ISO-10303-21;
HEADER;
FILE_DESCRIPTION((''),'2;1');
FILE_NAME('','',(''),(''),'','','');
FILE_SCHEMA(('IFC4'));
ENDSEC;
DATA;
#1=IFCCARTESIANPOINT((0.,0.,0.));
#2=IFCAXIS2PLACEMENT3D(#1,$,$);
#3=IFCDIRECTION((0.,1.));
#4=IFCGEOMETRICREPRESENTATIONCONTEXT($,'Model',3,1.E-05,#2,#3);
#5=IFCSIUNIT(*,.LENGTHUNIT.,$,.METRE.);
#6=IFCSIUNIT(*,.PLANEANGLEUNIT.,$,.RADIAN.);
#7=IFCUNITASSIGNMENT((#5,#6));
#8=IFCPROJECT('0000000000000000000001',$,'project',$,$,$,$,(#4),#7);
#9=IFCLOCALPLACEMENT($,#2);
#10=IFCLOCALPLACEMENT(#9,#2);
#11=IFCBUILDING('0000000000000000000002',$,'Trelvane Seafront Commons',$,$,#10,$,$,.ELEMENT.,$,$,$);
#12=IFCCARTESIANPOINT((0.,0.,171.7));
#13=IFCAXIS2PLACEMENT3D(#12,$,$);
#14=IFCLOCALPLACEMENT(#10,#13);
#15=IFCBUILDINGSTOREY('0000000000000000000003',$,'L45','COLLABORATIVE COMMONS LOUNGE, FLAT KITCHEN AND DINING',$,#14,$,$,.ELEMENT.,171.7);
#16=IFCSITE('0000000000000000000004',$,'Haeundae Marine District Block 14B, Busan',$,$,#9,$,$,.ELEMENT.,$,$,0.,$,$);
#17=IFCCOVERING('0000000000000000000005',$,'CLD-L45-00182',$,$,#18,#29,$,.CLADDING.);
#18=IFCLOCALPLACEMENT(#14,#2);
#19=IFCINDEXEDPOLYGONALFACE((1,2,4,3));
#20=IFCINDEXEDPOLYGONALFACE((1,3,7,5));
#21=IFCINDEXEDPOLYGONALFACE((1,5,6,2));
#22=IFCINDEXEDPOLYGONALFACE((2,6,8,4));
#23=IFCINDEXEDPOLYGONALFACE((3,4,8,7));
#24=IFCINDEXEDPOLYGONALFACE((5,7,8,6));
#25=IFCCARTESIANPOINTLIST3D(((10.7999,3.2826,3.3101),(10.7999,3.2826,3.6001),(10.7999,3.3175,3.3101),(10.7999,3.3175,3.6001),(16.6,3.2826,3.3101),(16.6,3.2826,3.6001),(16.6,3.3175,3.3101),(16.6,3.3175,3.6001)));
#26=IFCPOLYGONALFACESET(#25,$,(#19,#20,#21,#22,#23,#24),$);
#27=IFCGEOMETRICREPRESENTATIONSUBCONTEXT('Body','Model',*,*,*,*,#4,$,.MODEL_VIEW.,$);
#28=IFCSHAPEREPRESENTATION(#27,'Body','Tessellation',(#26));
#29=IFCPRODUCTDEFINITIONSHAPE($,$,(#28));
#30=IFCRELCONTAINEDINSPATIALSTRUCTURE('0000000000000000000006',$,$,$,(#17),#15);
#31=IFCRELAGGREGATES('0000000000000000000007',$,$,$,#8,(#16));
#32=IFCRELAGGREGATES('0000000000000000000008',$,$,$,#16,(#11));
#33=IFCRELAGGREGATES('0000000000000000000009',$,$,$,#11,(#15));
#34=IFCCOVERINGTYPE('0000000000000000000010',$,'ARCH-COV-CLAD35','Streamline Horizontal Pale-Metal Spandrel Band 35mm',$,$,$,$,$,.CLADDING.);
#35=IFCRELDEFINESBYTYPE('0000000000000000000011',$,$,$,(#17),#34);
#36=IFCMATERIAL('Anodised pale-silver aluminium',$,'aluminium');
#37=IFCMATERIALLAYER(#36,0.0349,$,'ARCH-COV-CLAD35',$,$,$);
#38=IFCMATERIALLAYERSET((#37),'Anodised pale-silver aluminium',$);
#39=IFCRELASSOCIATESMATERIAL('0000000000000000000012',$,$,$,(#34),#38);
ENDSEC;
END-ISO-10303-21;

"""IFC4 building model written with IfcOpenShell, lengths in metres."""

from ifc_helpers import new_model, si_unit, direction, frame, origin, origin_2d, place, context, subcontext, project, spatial, rectangle, extrude, source, transform, mapped, material, layer, layer_set, type_object, element, save


model = new_model("IFC4")

# Units and contexts
model_context = context("Model", 3, precision=1e-05, world=origin(), true_north=direction((0.0, 1.0)))
body_context = subcontext(model_context, "Body", "Model", "MODEL_VIEW")
ifc_project = project(units=[si_unit("LENGTHUNIT", "METRE"), si_unit("PLANEANGLEUNIT", "RADIAN")], contexts=[model_context])

# Site, building, storey
site_placement = place(None, origin())
site = spatial("IfcSite", under=ifc_project, at=site_placement, Name="Haeundae Marine District Block 14B, Busan", CompositionType="ELEMENT", RefElevation=0.0)
building_placement = place(site_placement, origin())
building = spatial("IfcBuilding", under=site, at=building_placement, Name="Trelvane Seafront Commons", CompositionType="ELEMENT")
storey_placement = place(building_placement, frame((0.0, 0.0, 171.7)))
storey = spatial("IfcBuildingStorey", under=building, at=storey_placement, Name="L45", Description="COLLABORATIVE COMMONS LOUNGE, FLAT KITCHEN AND DINING", CompositionType="ELEMENT", Elevation=171.7)

# Shared definitions
ifc_material_1 = material(Name="Anodised pale-silver aluminium", Category="aluminium")

# Covering
ifc_layer_1 = layer(ifc_material_1, 0.0349, Name="ARCH-COV-CLAD35")
ifc_layer_set_1 = layer_set([ifc_layer_1], Name="Anodised pale-silver aluminium")
covering_type = type_object("IfcCoveringType", Name="ARCH-COV-CLAD35", Description="Streamline Horizontal Pale-Metal Spandrel Band 35mm", PredefinedType="CLADDING", material=ifc_layer_set_1)
shared_shape_1 = source(origin(), body_context, "Body", "SweptSolid", [
    extrude(rectangle(XDim=5.8, YDim=0.0349, at=origin_2d()), origin(), (0.0, 0.0, 1.0), 0.29),
])
covering_placement = place(storey_placement, frame((13.7, 3.3, 3.3101), z_axis=(0.0, 0.0, 1.0), x_axis=(-1.0, 0.0, 0.0)))
element("IfcCovering", 1, at=covering_placement, inside=storey, type_object=covering_type, Name="CLD-L45-00182", PredefinedType="CLADDING", context=body_context, shape_type="MappedRepresentation", body=[
    mapped(shared_shape_1, transform((0.0, 0.0, 0.0), x_axis=(1.0, 0.0, 0.0), y_axis=(0.0, 1.0, 0.0), z_axis=(0.0, 0.0, 1.0), scale=1.0)),
])

save(model, "model.ifc")
